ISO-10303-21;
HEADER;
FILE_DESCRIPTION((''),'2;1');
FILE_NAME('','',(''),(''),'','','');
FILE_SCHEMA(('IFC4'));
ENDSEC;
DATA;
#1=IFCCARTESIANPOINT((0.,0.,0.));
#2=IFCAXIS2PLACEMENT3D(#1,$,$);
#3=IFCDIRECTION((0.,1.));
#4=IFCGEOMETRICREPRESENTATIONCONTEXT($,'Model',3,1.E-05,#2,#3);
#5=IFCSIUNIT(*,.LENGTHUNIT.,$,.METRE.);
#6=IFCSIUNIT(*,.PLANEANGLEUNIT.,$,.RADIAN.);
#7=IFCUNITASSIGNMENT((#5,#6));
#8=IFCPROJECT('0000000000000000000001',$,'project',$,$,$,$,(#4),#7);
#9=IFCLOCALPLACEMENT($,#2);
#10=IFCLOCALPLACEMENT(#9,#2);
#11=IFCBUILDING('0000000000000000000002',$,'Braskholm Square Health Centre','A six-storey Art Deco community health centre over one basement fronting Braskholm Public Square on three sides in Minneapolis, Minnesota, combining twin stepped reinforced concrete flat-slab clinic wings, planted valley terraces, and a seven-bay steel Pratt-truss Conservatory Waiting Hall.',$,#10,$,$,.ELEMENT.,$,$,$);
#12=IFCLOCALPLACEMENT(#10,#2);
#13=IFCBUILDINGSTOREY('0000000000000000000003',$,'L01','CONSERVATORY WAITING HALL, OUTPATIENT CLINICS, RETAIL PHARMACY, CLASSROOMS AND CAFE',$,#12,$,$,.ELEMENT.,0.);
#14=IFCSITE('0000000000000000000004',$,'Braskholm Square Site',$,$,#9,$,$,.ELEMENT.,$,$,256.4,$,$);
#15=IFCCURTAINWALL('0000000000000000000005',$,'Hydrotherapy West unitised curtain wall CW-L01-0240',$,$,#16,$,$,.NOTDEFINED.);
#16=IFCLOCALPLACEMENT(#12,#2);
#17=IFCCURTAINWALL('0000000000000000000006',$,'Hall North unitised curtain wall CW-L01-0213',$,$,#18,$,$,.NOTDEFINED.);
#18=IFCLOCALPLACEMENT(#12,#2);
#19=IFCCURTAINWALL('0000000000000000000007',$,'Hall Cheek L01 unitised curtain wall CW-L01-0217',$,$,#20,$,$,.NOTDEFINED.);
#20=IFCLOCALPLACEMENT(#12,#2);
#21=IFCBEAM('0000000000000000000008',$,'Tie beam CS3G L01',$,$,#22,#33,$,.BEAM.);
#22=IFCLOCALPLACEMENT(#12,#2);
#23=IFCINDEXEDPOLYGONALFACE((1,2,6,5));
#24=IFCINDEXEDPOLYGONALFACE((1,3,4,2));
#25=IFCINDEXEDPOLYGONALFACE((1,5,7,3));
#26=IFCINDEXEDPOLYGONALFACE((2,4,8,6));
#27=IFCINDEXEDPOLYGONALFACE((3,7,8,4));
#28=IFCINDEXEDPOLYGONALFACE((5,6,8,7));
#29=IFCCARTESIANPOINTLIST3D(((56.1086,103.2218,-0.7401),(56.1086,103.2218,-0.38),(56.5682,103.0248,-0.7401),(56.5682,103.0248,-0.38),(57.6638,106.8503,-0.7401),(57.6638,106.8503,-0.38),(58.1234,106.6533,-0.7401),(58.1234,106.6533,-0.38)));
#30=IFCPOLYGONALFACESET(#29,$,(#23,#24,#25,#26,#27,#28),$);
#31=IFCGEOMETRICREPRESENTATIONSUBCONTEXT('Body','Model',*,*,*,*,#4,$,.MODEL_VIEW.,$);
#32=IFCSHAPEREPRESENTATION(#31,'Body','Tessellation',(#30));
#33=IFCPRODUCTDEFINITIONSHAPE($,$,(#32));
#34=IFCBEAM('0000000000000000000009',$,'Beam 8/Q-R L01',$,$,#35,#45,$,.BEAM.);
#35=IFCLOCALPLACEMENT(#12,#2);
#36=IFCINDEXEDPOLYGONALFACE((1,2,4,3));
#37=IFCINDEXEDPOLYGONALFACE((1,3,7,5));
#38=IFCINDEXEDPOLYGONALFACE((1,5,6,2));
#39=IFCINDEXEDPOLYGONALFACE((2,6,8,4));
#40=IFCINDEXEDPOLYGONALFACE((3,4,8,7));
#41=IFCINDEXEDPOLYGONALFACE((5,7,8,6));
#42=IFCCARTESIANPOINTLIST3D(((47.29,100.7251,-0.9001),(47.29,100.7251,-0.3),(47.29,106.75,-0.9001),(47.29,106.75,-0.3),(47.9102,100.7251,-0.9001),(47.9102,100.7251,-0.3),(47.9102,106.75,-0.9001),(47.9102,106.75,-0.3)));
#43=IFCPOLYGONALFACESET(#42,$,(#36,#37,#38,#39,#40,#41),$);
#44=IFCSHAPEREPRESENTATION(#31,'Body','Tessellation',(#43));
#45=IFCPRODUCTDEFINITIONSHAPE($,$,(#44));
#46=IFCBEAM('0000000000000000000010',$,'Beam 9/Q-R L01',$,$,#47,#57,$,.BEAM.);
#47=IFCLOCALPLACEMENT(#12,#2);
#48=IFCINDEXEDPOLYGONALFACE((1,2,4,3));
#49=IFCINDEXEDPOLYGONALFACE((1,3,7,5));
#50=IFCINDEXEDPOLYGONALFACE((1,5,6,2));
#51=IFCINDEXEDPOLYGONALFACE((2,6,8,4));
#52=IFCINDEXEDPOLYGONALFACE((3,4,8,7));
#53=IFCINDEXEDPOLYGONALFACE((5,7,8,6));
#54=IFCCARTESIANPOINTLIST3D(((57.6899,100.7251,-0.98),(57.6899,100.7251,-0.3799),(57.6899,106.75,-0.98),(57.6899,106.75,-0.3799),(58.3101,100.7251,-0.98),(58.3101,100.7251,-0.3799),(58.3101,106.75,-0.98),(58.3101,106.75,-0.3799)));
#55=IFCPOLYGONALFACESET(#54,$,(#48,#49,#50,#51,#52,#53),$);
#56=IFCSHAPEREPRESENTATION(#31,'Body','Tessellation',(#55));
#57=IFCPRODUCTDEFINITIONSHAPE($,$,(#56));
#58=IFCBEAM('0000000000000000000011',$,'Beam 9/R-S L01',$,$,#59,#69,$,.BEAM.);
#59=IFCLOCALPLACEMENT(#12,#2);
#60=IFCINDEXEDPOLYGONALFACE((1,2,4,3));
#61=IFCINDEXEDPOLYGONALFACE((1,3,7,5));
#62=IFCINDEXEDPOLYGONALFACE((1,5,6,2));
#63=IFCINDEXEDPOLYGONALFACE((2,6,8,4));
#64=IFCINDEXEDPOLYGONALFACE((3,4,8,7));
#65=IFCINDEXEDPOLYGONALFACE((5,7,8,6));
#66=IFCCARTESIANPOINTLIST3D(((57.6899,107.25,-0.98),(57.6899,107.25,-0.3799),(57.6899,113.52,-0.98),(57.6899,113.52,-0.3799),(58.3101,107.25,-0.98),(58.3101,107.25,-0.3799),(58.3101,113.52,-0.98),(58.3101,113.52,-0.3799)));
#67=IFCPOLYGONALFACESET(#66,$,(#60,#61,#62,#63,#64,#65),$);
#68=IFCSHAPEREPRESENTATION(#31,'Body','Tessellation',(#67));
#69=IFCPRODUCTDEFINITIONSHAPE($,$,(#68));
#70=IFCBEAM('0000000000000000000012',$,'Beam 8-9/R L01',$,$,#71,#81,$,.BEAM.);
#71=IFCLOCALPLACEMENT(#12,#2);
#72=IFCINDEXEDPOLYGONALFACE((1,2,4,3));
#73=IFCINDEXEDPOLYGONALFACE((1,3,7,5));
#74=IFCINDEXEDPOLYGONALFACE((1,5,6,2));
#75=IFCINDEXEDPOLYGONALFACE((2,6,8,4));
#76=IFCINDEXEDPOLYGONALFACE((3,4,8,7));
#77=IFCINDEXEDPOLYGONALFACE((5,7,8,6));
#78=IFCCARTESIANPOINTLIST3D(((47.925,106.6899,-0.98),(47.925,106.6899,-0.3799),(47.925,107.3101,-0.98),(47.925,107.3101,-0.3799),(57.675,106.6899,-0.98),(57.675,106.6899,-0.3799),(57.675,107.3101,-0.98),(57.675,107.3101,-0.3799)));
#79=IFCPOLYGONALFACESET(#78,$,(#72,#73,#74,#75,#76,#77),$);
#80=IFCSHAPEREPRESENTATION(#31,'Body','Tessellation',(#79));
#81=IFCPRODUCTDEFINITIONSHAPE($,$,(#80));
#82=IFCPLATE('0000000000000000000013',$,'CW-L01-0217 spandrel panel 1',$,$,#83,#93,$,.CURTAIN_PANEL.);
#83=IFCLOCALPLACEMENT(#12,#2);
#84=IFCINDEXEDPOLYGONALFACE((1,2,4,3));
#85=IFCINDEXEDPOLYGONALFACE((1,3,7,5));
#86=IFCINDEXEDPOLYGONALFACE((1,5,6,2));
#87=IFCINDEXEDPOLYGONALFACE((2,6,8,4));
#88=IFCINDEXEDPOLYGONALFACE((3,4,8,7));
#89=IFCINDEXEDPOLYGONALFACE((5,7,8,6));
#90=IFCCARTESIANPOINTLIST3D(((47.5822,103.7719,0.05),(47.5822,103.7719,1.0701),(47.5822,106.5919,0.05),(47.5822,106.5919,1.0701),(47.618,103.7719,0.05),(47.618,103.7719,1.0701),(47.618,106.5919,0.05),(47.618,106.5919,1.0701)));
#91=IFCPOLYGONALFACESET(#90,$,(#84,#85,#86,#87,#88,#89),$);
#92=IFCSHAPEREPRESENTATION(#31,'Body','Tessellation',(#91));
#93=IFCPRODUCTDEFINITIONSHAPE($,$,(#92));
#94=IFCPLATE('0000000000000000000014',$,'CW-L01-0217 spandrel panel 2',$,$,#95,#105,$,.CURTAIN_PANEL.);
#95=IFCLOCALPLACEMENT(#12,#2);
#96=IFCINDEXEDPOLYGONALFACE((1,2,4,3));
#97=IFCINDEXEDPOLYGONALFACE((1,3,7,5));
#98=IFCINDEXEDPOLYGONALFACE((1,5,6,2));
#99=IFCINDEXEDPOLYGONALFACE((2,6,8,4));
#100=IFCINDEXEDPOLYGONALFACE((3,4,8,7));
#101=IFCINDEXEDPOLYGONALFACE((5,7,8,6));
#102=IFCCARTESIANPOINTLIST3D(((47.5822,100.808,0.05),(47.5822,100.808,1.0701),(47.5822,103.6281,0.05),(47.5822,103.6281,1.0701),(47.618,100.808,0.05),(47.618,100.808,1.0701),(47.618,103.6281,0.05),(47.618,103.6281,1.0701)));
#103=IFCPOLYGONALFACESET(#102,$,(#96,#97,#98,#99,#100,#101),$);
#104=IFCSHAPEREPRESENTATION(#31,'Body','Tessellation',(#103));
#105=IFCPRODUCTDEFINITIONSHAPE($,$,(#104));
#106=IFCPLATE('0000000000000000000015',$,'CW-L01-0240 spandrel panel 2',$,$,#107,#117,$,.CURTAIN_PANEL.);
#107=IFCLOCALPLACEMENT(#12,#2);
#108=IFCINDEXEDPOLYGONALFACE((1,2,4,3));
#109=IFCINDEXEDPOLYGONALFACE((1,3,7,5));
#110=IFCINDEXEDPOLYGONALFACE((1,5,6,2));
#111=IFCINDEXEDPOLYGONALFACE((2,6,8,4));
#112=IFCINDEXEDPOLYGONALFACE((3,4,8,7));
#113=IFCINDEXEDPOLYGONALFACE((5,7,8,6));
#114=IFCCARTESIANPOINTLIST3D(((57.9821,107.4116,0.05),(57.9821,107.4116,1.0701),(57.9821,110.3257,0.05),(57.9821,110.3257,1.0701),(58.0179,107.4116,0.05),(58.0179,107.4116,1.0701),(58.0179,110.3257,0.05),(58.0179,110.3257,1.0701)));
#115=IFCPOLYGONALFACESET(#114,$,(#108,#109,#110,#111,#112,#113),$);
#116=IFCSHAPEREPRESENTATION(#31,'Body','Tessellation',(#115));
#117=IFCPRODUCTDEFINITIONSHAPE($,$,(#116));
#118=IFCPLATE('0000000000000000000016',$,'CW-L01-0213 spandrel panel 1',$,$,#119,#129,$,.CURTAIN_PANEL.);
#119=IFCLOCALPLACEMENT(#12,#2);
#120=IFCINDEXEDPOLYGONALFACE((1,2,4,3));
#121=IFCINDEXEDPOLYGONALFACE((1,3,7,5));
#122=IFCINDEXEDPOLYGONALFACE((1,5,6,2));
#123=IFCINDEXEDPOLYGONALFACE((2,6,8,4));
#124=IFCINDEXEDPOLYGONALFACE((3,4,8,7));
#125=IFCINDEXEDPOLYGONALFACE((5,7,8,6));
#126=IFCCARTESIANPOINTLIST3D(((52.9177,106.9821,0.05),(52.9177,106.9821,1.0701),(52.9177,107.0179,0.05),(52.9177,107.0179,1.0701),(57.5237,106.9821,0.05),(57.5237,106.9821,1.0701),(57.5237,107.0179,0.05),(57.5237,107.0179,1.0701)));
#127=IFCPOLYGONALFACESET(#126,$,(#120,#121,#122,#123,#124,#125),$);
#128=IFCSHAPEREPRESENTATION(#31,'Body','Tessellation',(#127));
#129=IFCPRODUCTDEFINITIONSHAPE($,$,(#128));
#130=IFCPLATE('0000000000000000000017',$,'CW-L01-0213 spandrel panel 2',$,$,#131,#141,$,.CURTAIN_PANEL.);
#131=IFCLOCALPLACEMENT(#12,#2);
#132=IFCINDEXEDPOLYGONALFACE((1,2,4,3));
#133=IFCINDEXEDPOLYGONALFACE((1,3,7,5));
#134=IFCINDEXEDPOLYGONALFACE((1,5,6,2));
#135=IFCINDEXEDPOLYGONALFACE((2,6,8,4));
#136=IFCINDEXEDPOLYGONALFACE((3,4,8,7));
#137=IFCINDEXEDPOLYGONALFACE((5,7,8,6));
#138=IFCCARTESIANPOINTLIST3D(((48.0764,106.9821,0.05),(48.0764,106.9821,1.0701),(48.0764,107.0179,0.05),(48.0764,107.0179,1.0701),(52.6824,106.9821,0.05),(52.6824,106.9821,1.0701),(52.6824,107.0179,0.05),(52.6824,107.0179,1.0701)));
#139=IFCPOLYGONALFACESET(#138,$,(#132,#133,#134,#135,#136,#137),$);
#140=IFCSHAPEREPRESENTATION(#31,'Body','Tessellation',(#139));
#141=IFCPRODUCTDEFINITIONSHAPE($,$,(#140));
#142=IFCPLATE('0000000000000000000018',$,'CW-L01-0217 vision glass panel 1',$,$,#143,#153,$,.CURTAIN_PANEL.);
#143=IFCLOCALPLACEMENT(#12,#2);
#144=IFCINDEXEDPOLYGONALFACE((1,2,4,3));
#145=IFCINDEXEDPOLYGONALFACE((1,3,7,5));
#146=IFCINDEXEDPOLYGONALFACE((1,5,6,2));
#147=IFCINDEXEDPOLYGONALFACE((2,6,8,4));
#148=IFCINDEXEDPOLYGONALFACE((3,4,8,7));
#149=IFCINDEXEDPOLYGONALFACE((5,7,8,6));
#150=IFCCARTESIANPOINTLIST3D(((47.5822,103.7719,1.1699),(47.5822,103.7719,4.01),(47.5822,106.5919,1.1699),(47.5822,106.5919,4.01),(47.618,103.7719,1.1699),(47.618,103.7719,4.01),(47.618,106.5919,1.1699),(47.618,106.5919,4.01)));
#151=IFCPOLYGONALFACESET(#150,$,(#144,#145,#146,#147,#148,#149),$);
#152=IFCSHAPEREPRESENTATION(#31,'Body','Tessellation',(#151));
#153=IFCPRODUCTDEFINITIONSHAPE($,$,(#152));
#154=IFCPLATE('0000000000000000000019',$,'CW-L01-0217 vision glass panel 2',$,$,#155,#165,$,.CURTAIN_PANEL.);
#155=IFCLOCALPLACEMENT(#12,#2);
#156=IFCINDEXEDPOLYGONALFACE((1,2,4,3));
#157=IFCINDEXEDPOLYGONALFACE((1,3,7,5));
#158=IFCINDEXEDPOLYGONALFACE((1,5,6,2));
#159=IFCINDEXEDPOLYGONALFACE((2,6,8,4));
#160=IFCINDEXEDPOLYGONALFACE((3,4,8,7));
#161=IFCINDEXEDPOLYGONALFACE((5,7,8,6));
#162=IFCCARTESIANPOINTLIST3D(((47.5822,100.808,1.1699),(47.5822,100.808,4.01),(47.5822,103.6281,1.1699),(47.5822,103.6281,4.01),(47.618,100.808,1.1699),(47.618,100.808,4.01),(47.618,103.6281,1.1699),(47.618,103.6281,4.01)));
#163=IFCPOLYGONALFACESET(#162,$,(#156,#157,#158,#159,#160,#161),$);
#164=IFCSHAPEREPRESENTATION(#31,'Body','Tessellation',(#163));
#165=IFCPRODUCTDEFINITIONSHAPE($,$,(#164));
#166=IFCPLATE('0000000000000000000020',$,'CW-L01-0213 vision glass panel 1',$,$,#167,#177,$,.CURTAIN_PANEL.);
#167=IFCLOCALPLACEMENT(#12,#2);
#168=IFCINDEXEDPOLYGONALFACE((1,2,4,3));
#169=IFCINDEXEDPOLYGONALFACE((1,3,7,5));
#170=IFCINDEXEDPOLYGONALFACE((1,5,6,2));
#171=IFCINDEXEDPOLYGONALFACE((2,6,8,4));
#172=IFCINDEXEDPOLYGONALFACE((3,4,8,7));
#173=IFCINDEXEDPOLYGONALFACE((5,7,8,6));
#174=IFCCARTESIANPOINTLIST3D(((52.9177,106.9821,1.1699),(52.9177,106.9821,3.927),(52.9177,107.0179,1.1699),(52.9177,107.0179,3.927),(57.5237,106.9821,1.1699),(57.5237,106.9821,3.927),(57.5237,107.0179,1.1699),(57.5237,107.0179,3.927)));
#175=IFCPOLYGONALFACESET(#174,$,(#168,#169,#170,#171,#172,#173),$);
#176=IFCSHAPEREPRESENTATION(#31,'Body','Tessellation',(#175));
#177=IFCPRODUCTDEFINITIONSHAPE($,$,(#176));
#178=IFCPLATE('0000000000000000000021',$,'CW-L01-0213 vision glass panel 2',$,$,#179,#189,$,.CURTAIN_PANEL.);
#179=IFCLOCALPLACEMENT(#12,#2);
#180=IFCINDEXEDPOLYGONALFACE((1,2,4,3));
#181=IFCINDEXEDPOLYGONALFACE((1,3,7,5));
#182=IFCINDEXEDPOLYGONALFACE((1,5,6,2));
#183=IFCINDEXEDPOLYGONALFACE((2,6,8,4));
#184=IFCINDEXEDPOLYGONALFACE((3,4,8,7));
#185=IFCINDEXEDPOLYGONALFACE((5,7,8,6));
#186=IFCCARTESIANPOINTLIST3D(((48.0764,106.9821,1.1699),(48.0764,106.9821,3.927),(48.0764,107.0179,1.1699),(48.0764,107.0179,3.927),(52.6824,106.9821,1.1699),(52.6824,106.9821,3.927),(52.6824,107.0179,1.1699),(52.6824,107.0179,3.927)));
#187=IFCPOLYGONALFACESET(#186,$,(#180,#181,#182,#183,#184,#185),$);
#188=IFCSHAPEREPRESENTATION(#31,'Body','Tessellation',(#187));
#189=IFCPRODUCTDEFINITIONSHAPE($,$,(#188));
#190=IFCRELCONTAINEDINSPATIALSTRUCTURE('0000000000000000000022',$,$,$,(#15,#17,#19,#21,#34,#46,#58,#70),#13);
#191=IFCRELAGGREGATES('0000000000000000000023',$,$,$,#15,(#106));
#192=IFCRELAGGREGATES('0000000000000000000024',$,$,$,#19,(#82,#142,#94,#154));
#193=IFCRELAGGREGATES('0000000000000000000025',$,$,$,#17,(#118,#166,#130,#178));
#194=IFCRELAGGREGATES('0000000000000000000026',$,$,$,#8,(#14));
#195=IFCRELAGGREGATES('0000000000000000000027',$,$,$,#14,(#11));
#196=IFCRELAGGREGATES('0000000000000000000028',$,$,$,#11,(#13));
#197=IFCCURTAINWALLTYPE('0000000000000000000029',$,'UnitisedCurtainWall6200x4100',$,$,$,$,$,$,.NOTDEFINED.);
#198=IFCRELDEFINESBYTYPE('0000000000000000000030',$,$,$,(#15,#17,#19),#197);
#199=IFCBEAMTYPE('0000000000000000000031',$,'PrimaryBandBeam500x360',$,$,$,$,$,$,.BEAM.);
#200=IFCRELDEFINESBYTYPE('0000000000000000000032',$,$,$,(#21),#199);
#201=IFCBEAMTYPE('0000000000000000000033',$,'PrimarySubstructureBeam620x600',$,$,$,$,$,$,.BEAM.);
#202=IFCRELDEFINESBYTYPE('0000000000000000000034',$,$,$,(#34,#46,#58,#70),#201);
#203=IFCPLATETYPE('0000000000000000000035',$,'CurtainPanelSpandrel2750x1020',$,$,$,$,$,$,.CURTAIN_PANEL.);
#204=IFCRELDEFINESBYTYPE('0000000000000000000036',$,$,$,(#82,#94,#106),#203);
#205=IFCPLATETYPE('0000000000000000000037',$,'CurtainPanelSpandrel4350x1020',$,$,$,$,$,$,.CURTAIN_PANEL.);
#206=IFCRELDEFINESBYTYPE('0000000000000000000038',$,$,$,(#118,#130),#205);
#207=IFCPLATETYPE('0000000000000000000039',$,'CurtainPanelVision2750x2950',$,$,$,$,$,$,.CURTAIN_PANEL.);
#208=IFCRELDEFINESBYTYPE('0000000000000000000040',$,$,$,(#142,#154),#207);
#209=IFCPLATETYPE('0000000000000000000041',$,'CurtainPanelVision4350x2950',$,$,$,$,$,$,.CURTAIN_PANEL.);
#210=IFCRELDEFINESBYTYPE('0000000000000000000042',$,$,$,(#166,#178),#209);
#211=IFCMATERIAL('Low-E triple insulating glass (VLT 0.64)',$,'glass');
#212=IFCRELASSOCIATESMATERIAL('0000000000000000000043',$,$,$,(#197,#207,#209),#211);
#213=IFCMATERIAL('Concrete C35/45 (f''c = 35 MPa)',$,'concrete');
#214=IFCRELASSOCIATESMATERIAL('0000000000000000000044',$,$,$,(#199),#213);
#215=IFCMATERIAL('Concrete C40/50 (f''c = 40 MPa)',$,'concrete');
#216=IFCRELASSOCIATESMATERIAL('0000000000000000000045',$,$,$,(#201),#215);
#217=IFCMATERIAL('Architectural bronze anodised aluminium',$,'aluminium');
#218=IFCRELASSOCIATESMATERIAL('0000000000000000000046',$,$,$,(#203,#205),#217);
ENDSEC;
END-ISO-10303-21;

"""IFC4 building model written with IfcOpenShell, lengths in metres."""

from ifc_helpers import new_model, si_unit, direction, frame, origin, origin_2d, place, context, subcontext, project, spatial, rectangle, extrude, material, material_profile, profile_set, type_object, element, aggregate, save


model = new_model("IFC4")

# Units and contexts
model_context = context("Model", 3, precision=1e-05, world=origin(), true_north=direction((0.0, 1.0)))
body_context = subcontext(model_context, "Body", "Model", "MODEL_VIEW")
ifc_project = project(units=[si_unit("LENGTHUNIT", "METRE"), si_unit("PLANEANGLEUNIT", "RADIAN")], contexts=[model_context])

# Site, building, storey
site_placement = place(None, origin())
site = spatial("IfcSite", under=ifc_project, at=site_placement, Name="Braskholm Square Site", CompositionType="ELEMENT", RefElevation=256.4)
building_placement = place(site_placement, origin())
building = spatial("IfcBuilding", under=site, at=building_placement, Name="Braskholm Square Health Centre", Description="A six-storey Art Deco community health centre over one basement fronting Braskholm Public Square on three sides in Minneapolis, Minnesota, combining twin stepped reinforced concrete flat-slab clinic wings, planted valley terraces, and a seven-bay steel Pratt-truss Conservatory Waiting Hall.", CompositionType="ELEMENT")
storey_placement = place(building_placement, origin())
storey = spatial("IfcBuildingStorey", under=building, at=storey_placement, Name="L01", Description="CONSERVATORY WAITING HALL, OUTPATIENT CLINICS, RETAIL PHARMACY, CLASSROOMS AND CAFE", CompositionType="ELEMENT", Elevation=0.0)

# Shared definitions
ifc_material_1 = material(Name="Concrete C40/50 (f'c = 40 MPa)", Category="concrete")

# Curtain wall
ifc_material_2 = material(Name="Low-E triple insulating glass (VLT 0.64)", Category="glass")
curtain_wall_type = type_object("IfcCurtainWallType", Name="UnitisedCurtainWall6200x4100", PredefinedType="NOTDEFINED", material=ifc_material_2)
curtain_wall_1_placement = place(storey_placement, origin())
curtain_wall_1 = element("IfcCurtainWall", 1, at=curtain_wall_1_placement, inside=storey, type_object=curtain_wall_type, Name="Hydrotherapy West unitised curtain wall CW-L01-0240", PredefinedType="NOTDEFINED")
ifc_material_3 = material(Name="Architectural bronze anodised aluminium", Category="aluminium")

# Curtain walls
curtain_wall_2_placement = place(storey_placement, origin())
curtain_wall_2 = element("IfcCurtainWall", 2, at=curtain_wall_2_placement, inside=storey, type_object=curtain_wall_type, Name="Hall North unitised curtain wall CW-L01-0213", PredefinedType="NOTDEFINED")
curtain_wall_3_placement = place(storey_placement, origin())
curtain_wall_3 = element("IfcCurtainWall", 3, at=curtain_wall_3_placement, inside=storey, type_object=curtain_wall_type, Name="Hall Cheek L01 unitised curtain wall CW-L01-0217", PredefinedType="NOTDEFINED")

# Beams
ifc_material_4 = material(Name="Concrete C35/45 (f'c = 35 MPa)", Category="concrete")
ifc_material_profile_1 = material_profile(ifc_material_4, rectangle(XDim=0.5, YDim=0.3601, at=origin_2d()), Name="RCB-500X360")
ifc_profile_set_1 = profile_set([ifc_material_profile_1], Name="Concrete C35/45 (f'c = 35 MPa)")
beam_type_1 = type_object("IfcBeamType", Name="PrimaryBandBeam500x360", PredefinedType="BEAM", material=ifc_profile_set_1)
beam_1_placement = place(storey_placement, frame((56.3384, 103.1233, -0.5601), z_axis=(0.393949, 0.919132, 0.0), x_axis=(-0.919132, 0.393949, 0.0)))
element("IfcBeam", 4, at=beam_1_placement, inside=storey, type_object=beam_type_1, Name="Tie beam CS3G L01", PredefinedType="BEAM", context=body_context, shape_type="SweptSolid", body=[
    extrude(rectangle(XDim=0.5, YDim=0.3601, at=origin_2d()), origin(), (0.0, 0.0, 1.0), 3.9478),
])
ifc_material_profile_2 = material_profile(ifc_material_1, rectangle(XDim=0.6201, YDim=0.6001, at=origin_2d()), Name="RCB-620X600")
ifc_profile_set_2 = profile_set([ifc_material_profile_2], Name="Concrete C40/50 (f'c = 40 MPa)")
beam_type_2 = type_object("IfcBeamType", Name="PrimarySubstructureBeam620x600", PredefinedType="BEAM", material=ifc_profile_set_2)
for number, where, z_axis, x_axis, name in (
    (5, (47.6001, 100.7251, -0.6001), (0.0, 1.0, 0.0), (-1.0, 0.0, 0.0), "Beam 8/Q-R L01"),
    (6, (58.0, 100.7251, -0.6799), (0.0, 1.0, 0.0), (-1.0, 0.0, 0.0), "Beam 9/Q-R L01"),
):
    element("IfcBeam", number, at=place(storey_placement, frame(where, z_axis=z_axis, x_axis=x_axis)), inside=storey, type_object=beam_type_2, Name=name, PredefinedType="BEAM", context=body_context, shape_type="SweptSolid", body=[
        extrude(rectangle(XDim=0.6201, YDim=0.6001, at=origin_2d()), origin(), (0.0, 0.0, 1.0), 6.0249),
    ])
beam_2_placement = place(storey_placement, frame((58.0, 107.25, -0.6799), z_axis=(0.0, 1.0, 0.0), x_axis=(-1.0, 0.0, 0.0)))
element("IfcBeam", 7, at=beam_2_placement, inside=storey, type_object=beam_type_2, Name="Beam 9/R-S L01", PredefinedType="BEAM", context=body_context, shape_type="SweptSolid", body=[
    extrude(rectangle(XDim=0.6201, YDim=0.6001, at=origin_2d()), origin(), (0.0, 0.0, 1.0), 6.27),
])
beam_3_placement = place(storey_placement, frame((47.925, 107.0, -0.6799), z_axis=(1.0, 0.0, 0.0), x_axis=(0.0, 1.0, 0.0)))
element("IfcBeam", 8, at=beam_3_placement, inside=storey, type_object=beam_type_2, Name="Beam 8-9/R L01", PredefinedType="BEAM", context=body_context, shape_type="SweptSolid", body=[
    extrude(rectangle(XDim=0.6201, YDim=0.6001, at=origin_2d()), origin(), (0.0, 0.0, 1.0), 9.75),
])

# Plates
plate_type_1 = type_object("IfcPlateType", Name="CurtainPanelSpandrel2750x1020", PredefinedType="CURTAIN_PANEL", material=ifc_material_3)
plate_1_placement = place(storey_placement, frame((47.6001, 105.1819, 0.05), z_axis=(0.0, 0.0, 1.0), x_axis=(0.0, -1.0, 0.0)))
plate_1 = element("IfcPlate", 9, at=plate_1_placement, type_object=plate_type_1, Name="CW-L01-0217 spandrel panel 1", PredefinedType="CURTAIN_PANEL", context=body_context, shape_type="SweptSolid", body=[
    extrude(rectangle(XDim=2.8201, YDim=0.0359, at=origin_2d()), origin(), (0.0, 0.0, 1.0), 1.02),
])
plate_2_placement = place(storey_placement, frame((47.6001, 102.218, 0.05), z_axis=(0.0, 0.0, 1.0), x_axis=(0.0, -1.0, 0.0)))
plate_2 = element("IfcPlate", 10, at=plate_2_placement, type_object=plate_type_1, Name="CW-L01-0217 spandrel panel 2", PredefinedType="CURTAIN_PANEL", context=body_context, shape_type="SweptSolid", body=[
    extrude(rectangle(XDim=2.8201, YDim=0.0359, at=origin_2d()), origin(), (0.0, 0.0, 1.0), 1.02),
])
plate_3_placement = place(storey_placement, frame((58.0, 108.8687, 0.05), z_axis=(0.0, 0.0, 1.0), x_axis=(0.0, -1.0, 0.0)))
plate_3 = element("IfcPlate", 11, at=plate_3_placement, type_object=plate_type_1, Name="CW-L01-0240 spandrel panel 2", PredefinedType="CURTAIN_PANEL", context=body_context, shape_type="SweptSolid", body=[
    extrude(rectangle(XDim=2.9141, YDim=0.0359, at=origin_2d()), origin(), (0.0, 0.0, 1.0), 1.02),
])
aggregate(curtain_wall_1, [plate_3])
plate_type_2 = type_object("IfcPlateType", Name="CurtainPanelSpandrel4350x1020", PredefinedType="CURTAIN_PANEL", material=ifc_material_3)
plate_4_placement = place(storey_placement, frame((55.2207, 107.0, 0.05), z_axis=(0.0, 0.0, 1.0), x_axis=(-1.0, 0.0, 0.0)))
plate_4 = element("IfcPlate", 12, at=plate_4_placement, type_object=plate_type_2, Name="CW-L01-0213 spandrel panel 1", PredefinedType="CURTAIN_PANEL", context=body_context, shape_type="SweptSolid", body=[
    extrude(rectangle(XDim=4.606, YDim=0.0359, at=origin_2d()), origin(), (0.0, 0.0, 1.0), 1.02),
])
plate_5_placement = place(storey_placement, frame((50.3794, 107.0, 0.05), z_axis=(0.0, 0.0, 1.0), x_axis=(-1.0, 0.0, 0.0)))
plate_5 = element("IfcPlate", 13, at=plate_5_placement, type_object=plate_type_2, Name="CW-L01-0213 spandrel panel 2", PredefinedType="CURTAIN_PANEL", context=body_context, shape_type="SweptSolid", body=[
    extrude(rectangle(XDim=4.606, YDim=0.0359, at=origin_2d()), origin(), (0.0, 0.0, 1.0), 1.02),
])
plate_type_3 = type_object("IfcPlateType", Name="CurtainPanelVision2750x2950", PredefinedType="CURTAIN_PANEL", material=ifc_material_2)
plate_6_placement = place(storey_placement, frame((47.6001, 105.1819, 1.1699), z_axis=(0.0, 0.0, 1.0), x_axis=(0.0, -1.0, 0.0)))
plate_6 = element("IfcPlate", 14, at=plate_6_placement, type_object=plate_type_3, Name="CW-L01-0217 vision glass panel 1", PredefinedType="CURTAIN_PANEL", context=body_context, shape_type="SweptSolid", body=[
    extrude(rectangle(XDim=2.8201, YDim=0.0359, at=origin_2d()), origin(), (0.0, 0.0, 1.0), 2.8401),
])
plate_7_placement = place(storey_placement, frame((47.6001, 102.218, 1.1699), z_axis=(0.0, 0.0, 1.0), x_axis=(0.0, -1.0, 0.0)))
plate_7 = element("IfcPlate", 15, at=plate_7_placement, type_object=plate_type_3, Name="CW-L01-0217 vision glass panel 2", PredefinedType="CURTAIN_PANEL", context=body_context, shape_type="SweptSolid", body=[
    extrude(rectangle(XDim=2.8201, YDim=0.0359, at=origin_2d()), origin(), (0.0, 0.0, 1.0), 2.8401),
])
aggregate(curtain_wall_3, [plate_1, plate_6, plate_2, plate_7])
plate_type_4 = type_object("IfcPlateType", Name="CurtainPanelVision4350x2950", PredefinedType="CURTAIN_PANEL", material=ifc_material_2)
plate_8_placement = place(storey_placement, frame((55.2207, 107.0, 1.1699), z_axis=(0.0, 0.0, 1.0), x_axis=(-1.0, 0.0, 0.0)))
plate_8 = element("IfcPlate", 16, at=plate_8_placement, type_object=plate_type_4, Name="CW-L01-0213 vision glass panel 1", PredefinedType="CURTAIN_PANEL", context=body_context, shape_type="SweptSolid", body=[
    extrude(rectangle(XDim=4.606, YDim=0.0359, at=origin_2d()), origin(), (0.0, 0.0, 1.0), 2.7571),
])
plate_9_placement = place(storey_placement, frame((50.3794, 107.0, 1.1699), z_axis=(0.0, 0.0, 1.0), x_axis=(-1.0, 0.0, 0.0)))
plate_9 = element("IfcPlate", 17, at=plate_9_placement, type_object=plate_type_4, Name="CW-L01-0213 vision glass panel 2", PredefinedType="CURTAIN_PANEL", context=body_context, shape_type="SweptSolid", body=[
    extrude(rectangle(XDim=4.606, YDim=0.0359, at=origin_2d()), origin(), (0.0, 0.0, 1.0), 2.7571),
])
aggregate(curtain_wall_2, [plate_4, plate_8, plate_5, plate_9])

save(model, "model.ifc")
